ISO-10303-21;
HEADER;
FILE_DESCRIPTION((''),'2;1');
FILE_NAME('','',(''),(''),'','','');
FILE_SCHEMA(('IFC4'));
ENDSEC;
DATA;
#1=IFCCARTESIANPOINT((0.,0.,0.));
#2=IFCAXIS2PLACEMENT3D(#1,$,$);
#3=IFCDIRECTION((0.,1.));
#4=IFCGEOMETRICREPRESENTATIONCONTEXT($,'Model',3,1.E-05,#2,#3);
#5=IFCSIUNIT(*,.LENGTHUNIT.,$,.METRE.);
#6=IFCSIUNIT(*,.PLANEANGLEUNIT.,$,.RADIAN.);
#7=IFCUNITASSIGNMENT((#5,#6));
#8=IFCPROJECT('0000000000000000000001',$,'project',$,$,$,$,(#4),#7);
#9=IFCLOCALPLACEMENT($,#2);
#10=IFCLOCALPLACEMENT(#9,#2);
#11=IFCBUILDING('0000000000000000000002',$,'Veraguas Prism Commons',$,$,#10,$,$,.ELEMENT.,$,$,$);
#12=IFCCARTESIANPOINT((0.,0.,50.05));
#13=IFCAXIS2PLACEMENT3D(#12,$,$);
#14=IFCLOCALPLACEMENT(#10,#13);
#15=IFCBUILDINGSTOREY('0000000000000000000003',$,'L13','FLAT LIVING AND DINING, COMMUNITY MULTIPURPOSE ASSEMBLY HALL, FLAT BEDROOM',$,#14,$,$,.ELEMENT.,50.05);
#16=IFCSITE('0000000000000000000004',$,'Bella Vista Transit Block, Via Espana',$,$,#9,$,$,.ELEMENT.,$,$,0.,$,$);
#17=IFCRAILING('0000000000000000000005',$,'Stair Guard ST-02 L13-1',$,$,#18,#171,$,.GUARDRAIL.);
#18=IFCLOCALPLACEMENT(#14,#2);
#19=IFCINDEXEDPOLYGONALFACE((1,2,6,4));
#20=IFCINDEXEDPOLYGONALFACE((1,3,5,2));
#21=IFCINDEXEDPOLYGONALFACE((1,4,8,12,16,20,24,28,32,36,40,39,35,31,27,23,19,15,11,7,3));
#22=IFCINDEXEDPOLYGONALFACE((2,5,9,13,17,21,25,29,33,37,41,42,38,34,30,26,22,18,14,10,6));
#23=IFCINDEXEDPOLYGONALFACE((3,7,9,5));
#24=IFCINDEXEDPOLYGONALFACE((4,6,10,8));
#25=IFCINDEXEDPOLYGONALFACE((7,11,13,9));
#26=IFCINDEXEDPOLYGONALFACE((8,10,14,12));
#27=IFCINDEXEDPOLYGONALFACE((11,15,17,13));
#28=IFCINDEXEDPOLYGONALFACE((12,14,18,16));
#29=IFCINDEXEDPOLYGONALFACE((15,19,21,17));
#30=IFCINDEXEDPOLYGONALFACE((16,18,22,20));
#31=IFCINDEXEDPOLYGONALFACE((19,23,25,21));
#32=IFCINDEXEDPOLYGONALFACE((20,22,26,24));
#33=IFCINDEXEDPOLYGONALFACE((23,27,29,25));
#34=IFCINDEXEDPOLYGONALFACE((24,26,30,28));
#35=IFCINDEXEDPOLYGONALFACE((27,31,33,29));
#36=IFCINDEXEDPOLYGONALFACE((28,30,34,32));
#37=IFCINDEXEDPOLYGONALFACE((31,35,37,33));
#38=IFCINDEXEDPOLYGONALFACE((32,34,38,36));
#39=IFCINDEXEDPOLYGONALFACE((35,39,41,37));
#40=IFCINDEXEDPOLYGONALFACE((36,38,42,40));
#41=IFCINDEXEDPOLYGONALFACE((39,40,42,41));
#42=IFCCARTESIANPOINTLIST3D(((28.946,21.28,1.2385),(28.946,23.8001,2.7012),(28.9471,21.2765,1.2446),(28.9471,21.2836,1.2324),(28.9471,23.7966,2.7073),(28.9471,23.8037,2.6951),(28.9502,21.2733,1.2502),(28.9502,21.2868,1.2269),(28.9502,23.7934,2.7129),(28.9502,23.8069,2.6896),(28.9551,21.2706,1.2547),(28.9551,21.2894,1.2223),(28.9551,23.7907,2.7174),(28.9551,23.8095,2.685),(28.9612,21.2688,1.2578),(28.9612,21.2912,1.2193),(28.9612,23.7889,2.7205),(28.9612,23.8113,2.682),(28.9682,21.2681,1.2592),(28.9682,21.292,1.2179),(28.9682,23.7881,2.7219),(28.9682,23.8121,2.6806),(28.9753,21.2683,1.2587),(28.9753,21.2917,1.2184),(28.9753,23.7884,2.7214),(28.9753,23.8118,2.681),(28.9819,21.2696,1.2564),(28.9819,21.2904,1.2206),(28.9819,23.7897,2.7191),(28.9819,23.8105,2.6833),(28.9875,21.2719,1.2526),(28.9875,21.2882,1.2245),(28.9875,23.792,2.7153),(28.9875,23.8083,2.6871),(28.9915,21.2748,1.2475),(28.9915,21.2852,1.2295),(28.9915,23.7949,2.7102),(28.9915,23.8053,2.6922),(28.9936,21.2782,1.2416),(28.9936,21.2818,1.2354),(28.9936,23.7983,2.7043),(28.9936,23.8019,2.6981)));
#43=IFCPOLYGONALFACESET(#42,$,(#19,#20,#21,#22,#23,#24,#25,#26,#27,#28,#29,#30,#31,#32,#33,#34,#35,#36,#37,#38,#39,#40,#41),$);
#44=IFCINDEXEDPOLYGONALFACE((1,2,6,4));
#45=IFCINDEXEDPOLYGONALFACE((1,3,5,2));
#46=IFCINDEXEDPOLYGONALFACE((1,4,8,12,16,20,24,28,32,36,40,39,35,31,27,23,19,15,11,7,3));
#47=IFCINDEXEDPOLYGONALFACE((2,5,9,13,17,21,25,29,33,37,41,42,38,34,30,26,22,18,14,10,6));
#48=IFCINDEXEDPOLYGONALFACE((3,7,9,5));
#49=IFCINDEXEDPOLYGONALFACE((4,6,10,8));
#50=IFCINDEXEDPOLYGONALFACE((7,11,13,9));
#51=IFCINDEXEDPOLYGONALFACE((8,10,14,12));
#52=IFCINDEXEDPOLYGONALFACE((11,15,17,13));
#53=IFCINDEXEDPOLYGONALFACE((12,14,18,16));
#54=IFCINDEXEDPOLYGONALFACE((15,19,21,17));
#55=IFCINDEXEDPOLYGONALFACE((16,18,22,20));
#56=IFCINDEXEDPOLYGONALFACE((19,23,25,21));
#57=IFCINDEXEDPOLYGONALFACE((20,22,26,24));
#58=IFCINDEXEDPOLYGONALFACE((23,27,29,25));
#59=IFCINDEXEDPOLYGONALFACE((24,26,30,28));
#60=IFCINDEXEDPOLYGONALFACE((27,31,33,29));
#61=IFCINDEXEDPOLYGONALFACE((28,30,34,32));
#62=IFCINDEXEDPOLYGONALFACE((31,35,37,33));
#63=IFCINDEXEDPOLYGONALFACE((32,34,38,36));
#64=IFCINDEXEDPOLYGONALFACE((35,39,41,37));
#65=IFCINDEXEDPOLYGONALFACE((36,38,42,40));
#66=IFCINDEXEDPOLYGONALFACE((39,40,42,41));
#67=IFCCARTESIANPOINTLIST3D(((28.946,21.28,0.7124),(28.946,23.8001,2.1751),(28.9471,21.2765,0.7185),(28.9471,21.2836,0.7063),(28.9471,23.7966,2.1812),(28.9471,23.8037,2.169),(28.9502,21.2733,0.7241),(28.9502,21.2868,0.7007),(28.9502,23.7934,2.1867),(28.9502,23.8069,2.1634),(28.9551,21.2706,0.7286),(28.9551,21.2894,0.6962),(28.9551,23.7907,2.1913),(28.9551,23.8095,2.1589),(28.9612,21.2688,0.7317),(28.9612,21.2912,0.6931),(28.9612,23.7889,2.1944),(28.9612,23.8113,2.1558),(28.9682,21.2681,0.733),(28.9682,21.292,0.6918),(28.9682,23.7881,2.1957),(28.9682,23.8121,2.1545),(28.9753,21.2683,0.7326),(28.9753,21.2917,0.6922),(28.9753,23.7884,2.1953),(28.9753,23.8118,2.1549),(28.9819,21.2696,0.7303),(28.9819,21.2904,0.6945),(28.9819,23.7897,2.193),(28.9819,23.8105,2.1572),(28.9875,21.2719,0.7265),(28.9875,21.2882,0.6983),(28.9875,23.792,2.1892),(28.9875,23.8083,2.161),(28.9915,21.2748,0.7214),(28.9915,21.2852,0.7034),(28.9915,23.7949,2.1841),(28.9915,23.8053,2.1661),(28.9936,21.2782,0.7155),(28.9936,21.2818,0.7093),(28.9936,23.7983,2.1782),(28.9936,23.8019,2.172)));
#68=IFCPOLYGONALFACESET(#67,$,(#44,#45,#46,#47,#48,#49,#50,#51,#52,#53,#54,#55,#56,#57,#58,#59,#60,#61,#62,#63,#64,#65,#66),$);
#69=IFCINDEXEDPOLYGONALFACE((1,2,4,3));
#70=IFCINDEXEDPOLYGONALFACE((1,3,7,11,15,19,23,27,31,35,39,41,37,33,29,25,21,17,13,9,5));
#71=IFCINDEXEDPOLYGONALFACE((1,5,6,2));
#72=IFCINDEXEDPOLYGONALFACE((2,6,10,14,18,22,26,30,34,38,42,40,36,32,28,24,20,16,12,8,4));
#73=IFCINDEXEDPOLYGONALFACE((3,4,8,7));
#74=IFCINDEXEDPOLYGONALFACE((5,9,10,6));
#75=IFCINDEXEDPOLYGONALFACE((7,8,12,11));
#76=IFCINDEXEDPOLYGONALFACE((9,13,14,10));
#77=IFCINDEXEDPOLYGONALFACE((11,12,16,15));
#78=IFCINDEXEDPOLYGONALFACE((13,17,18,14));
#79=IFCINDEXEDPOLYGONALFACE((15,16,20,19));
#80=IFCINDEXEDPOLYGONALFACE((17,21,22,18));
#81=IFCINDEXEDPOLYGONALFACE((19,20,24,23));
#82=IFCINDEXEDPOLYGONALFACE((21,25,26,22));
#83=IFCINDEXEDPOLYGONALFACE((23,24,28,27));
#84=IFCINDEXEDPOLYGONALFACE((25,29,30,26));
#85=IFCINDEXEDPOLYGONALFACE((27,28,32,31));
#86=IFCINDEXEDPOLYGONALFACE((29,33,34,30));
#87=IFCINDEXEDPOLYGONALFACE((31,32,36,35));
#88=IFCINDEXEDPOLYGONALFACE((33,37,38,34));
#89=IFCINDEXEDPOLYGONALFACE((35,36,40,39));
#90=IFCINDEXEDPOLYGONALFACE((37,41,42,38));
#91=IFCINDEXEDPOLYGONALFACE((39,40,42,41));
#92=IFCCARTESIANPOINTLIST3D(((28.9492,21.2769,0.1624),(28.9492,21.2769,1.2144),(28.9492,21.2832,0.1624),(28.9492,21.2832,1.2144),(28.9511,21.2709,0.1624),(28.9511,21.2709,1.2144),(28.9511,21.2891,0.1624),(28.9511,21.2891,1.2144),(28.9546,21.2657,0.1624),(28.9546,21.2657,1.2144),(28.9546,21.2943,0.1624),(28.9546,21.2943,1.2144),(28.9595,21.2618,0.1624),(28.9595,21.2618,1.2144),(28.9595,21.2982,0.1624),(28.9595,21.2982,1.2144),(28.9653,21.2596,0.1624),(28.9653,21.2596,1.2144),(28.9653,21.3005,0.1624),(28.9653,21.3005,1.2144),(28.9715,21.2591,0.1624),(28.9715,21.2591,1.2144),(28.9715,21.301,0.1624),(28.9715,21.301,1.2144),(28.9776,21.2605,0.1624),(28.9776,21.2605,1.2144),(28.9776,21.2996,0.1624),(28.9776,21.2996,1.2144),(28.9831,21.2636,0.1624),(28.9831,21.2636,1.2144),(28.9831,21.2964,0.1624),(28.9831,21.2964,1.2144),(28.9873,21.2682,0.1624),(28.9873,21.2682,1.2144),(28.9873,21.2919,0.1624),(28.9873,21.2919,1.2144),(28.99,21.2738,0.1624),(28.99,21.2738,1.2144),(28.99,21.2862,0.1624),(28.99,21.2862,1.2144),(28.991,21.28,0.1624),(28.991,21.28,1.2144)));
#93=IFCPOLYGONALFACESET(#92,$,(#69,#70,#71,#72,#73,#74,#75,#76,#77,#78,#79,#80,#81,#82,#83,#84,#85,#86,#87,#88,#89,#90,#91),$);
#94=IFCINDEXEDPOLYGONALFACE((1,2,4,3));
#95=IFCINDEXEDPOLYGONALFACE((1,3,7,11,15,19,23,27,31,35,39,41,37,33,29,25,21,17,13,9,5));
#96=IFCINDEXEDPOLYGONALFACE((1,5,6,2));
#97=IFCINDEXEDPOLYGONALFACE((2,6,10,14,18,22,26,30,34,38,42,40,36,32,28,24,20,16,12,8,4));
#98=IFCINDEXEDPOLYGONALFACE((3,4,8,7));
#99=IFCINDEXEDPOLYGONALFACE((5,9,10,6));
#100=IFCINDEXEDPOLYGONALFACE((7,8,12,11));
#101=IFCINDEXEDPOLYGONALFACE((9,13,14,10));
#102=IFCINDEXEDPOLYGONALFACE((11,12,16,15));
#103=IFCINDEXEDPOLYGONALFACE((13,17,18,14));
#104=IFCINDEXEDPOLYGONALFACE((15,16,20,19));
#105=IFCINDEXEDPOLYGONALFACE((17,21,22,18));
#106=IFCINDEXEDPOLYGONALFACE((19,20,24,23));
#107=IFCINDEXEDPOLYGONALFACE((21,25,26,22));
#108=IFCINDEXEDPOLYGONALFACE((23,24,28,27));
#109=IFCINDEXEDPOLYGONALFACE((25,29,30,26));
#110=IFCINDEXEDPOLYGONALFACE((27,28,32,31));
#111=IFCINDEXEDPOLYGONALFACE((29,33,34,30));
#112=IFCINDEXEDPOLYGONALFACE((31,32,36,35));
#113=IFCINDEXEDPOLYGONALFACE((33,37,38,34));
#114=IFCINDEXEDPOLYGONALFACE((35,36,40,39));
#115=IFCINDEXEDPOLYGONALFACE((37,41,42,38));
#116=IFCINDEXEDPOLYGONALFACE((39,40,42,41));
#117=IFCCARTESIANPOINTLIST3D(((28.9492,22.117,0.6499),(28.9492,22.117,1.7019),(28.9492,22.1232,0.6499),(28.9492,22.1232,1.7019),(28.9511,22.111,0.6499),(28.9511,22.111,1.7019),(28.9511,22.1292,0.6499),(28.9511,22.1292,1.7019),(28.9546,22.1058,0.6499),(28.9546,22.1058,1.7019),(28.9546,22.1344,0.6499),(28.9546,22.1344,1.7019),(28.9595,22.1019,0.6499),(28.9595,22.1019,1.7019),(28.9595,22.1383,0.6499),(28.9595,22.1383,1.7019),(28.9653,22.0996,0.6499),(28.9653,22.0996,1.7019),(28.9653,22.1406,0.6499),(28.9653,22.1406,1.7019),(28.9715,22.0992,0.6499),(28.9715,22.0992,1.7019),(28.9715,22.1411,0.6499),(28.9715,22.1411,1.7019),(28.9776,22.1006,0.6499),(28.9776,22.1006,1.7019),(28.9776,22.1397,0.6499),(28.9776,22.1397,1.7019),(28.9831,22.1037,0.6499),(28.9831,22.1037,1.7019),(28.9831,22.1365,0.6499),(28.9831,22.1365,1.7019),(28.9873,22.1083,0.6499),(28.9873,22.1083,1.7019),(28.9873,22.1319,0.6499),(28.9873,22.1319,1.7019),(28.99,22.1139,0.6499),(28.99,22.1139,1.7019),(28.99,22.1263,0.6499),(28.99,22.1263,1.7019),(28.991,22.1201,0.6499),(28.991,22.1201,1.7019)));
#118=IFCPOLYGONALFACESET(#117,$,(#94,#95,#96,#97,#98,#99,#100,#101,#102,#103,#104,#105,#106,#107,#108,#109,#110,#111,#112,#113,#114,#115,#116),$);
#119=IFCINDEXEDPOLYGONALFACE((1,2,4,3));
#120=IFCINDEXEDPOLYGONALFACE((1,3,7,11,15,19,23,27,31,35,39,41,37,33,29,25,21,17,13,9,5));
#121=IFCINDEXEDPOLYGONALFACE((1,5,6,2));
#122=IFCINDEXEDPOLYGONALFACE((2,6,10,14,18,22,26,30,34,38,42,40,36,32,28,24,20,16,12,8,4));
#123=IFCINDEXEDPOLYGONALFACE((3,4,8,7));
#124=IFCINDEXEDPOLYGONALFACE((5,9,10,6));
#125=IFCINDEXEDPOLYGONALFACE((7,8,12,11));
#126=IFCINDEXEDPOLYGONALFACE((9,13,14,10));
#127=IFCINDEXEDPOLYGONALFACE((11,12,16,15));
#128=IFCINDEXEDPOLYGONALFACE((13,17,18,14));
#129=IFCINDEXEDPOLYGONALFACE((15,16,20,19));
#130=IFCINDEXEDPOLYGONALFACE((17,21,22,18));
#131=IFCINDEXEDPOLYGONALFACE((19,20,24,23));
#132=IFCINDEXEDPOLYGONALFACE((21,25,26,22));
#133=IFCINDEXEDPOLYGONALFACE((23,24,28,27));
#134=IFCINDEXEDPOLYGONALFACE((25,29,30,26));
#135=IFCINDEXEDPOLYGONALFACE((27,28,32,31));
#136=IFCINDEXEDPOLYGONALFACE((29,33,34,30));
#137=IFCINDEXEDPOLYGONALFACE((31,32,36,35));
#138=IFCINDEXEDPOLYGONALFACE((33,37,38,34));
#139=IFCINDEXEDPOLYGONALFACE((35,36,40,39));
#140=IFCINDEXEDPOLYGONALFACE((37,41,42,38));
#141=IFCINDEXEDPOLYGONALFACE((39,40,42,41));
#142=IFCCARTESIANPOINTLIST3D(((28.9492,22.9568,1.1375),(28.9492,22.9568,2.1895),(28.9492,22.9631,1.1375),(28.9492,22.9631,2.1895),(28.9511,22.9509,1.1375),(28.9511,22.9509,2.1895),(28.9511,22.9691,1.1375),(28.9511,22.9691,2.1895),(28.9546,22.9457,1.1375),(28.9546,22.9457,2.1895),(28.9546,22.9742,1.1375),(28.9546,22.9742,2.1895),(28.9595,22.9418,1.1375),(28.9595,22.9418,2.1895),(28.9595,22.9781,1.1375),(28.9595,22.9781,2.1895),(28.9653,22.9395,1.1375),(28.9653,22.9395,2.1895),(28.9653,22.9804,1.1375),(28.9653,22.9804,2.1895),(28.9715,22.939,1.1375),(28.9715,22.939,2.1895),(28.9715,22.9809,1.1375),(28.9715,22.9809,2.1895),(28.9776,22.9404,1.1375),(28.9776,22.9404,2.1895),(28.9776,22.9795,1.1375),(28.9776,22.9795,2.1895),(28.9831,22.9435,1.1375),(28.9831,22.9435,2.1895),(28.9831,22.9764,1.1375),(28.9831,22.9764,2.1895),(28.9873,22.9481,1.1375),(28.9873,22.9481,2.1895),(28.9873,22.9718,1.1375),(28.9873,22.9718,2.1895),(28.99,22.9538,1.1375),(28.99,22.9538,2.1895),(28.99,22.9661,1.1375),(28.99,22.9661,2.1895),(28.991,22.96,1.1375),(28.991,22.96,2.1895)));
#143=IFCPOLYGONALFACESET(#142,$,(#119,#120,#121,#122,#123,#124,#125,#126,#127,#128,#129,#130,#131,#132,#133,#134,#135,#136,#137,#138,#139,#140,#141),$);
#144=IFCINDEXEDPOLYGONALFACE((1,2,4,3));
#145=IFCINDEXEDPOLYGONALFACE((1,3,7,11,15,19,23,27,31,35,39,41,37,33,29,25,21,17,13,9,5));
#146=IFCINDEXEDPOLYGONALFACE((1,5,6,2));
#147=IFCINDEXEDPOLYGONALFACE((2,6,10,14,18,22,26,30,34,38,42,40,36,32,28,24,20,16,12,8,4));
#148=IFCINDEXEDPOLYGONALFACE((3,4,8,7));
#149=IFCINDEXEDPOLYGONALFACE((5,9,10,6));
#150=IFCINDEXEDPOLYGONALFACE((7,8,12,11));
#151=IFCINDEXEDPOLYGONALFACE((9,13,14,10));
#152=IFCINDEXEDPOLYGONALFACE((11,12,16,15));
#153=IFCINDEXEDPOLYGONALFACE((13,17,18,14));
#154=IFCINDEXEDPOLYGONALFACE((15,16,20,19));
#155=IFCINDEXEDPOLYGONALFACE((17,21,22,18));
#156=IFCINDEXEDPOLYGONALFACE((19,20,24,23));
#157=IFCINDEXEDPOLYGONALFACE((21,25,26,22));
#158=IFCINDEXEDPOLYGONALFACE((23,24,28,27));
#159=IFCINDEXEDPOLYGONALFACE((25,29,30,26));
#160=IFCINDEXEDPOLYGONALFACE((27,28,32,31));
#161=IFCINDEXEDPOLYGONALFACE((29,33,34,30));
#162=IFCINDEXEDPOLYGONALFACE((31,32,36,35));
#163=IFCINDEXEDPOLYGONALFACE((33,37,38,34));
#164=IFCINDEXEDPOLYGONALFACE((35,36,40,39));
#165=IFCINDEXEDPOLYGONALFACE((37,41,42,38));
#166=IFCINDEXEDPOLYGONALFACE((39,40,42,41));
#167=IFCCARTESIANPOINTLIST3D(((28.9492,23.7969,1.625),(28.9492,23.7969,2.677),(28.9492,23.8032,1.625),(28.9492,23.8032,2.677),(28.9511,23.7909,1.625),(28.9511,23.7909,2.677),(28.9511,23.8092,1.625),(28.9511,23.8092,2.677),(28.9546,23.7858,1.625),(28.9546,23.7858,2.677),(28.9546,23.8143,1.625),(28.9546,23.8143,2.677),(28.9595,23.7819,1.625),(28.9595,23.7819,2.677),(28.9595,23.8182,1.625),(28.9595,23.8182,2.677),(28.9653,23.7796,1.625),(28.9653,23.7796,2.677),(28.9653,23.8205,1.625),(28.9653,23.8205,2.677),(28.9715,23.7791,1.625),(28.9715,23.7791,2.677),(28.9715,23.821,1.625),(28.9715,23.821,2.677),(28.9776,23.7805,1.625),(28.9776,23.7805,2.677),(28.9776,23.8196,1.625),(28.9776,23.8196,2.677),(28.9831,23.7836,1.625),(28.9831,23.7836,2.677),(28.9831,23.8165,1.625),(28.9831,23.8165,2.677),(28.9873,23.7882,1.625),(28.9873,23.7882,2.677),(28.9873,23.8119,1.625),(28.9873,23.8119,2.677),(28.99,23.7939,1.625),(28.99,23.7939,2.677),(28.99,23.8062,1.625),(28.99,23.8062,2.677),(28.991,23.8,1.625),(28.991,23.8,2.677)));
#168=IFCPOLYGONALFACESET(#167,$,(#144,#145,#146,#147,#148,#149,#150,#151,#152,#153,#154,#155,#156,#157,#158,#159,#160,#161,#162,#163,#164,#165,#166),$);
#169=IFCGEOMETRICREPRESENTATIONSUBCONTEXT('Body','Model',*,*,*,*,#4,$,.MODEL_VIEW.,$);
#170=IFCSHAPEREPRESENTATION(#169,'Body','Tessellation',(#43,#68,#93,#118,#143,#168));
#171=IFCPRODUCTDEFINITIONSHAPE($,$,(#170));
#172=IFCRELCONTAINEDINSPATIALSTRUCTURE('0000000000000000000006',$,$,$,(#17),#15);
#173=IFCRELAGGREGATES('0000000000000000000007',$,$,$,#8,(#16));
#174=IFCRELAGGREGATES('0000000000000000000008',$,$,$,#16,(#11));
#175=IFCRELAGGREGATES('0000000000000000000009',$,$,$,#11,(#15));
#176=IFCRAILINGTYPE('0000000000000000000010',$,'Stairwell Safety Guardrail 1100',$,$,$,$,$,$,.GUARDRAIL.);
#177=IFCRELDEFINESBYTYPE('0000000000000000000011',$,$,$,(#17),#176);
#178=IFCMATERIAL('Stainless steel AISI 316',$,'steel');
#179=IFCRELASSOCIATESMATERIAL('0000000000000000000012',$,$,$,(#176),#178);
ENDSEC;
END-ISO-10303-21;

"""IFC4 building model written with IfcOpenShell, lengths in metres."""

from ifc_helpers import new_model, si_unit, direction, frame, origin, origin_2d, place, context, subcontext, project, spatial, circle, extrude, material, type_object, element, save


model = new_model("IFC4")

# Units and contexts
model_context = context("Model", 3, precision=1e-05, world=origin(), true_north=direction((0.0, 1.0)))
body_context = subcontext(model_context, "Body", "Model", "MODEL_VIEW")
ifc_project = project(units=[si_unit("LENGTHUNIT", "METRE"), si_unit("PLANEANGLEUNIT", "RADIAN")], contexts=[model_context])

# Site, building, storey
site_placement = place(None, origin())
site = spatial("IfcSite", under=ifc_project, at=site_placement, Name="Bella Vista Transit Block, Via Espana", CompositionType="ELEMENT", RefElevation=0.0)
building_placement = place(site_placement, origin())
building = spatial("IfcBuilding", under=site, at=building_placement, Name="Veraguas Prism Commons", CompositionType="ELEMENT")
storey_placement = place(building_placement, frame((0.0, 0.0, 50.05)))
storey = spatial("IfcBuildingStorey", under=building, at=storey_placement, Name="L13", Description="FLAT LIVING AND DINING, COMMUNITY MULTIPURPOSE ASSEMBLY HALL, FLAT BEDROOM", CompositionType="ELEMENT", Elevation=50.05)

# Shared definitions
ifc_material_1 = material(Name="Stainless steel AISI 316", Category="steel")

# Railing
railing_type_1 = type_object("IfcRailingType", Name="Stairwell Safety Guardrail 1100", PredefinedType="GUARDRAIL", material=ifc_material_1)
railing_1_placement = place(storey_placement, frame((28.97, 21.28, 0.1624)))
element("IfcRailing", 1, at=railing_1_placement, inside=storey, type_object=railing_type_1, Name="Stair Guard ST-02 L13-1", PredefinedType="GUARDRAIL", context=body_context, shape_type="SweptSolid", body=[
    extrude(circle(Radius=0.0239, at=origin_2d()), frame((0.0, 0.0, 1.0762), z_axis=(0.0, 0.864877, 0.501984), x_axis=(-1.0, 0.0, 0.0)), (0.0, 0.0, 1.0), 2.9138),
    extrude(circle(Radius=0.0239, at=origin_2d()), frame((0.0, 0.0, 0.55), z_axis=(0.0, 0.864877, 0.501984), x_axis=(-1.0, 0.0, 0.0)), (0.0, 0.0, 1.0), 2.9138),
    extrude(circle(Radius=0.021, at=origin_2d()), origin(), (0.0, 0.0, 1.0), 1.052),
    extrude(circle(Radius=0.021, at=origin_2d()), frame((0.0, 0.8401, 0.4875)), (0.0, 0.0, 1.0), 1.052),
    extrude(circle(Radius=0.021, at=origin_2d()), frame((0.0, 1.6799, 0.9751)), (0.0, 0.0, 1.0), 1.052),
    extrude(circle(Radius=0.021, at=origin_2d()), frame((0.0, 2.52, 1.4626)), (0.0, 0.0, 1.0), 1.052),
])

save(model, "model.ifc")
